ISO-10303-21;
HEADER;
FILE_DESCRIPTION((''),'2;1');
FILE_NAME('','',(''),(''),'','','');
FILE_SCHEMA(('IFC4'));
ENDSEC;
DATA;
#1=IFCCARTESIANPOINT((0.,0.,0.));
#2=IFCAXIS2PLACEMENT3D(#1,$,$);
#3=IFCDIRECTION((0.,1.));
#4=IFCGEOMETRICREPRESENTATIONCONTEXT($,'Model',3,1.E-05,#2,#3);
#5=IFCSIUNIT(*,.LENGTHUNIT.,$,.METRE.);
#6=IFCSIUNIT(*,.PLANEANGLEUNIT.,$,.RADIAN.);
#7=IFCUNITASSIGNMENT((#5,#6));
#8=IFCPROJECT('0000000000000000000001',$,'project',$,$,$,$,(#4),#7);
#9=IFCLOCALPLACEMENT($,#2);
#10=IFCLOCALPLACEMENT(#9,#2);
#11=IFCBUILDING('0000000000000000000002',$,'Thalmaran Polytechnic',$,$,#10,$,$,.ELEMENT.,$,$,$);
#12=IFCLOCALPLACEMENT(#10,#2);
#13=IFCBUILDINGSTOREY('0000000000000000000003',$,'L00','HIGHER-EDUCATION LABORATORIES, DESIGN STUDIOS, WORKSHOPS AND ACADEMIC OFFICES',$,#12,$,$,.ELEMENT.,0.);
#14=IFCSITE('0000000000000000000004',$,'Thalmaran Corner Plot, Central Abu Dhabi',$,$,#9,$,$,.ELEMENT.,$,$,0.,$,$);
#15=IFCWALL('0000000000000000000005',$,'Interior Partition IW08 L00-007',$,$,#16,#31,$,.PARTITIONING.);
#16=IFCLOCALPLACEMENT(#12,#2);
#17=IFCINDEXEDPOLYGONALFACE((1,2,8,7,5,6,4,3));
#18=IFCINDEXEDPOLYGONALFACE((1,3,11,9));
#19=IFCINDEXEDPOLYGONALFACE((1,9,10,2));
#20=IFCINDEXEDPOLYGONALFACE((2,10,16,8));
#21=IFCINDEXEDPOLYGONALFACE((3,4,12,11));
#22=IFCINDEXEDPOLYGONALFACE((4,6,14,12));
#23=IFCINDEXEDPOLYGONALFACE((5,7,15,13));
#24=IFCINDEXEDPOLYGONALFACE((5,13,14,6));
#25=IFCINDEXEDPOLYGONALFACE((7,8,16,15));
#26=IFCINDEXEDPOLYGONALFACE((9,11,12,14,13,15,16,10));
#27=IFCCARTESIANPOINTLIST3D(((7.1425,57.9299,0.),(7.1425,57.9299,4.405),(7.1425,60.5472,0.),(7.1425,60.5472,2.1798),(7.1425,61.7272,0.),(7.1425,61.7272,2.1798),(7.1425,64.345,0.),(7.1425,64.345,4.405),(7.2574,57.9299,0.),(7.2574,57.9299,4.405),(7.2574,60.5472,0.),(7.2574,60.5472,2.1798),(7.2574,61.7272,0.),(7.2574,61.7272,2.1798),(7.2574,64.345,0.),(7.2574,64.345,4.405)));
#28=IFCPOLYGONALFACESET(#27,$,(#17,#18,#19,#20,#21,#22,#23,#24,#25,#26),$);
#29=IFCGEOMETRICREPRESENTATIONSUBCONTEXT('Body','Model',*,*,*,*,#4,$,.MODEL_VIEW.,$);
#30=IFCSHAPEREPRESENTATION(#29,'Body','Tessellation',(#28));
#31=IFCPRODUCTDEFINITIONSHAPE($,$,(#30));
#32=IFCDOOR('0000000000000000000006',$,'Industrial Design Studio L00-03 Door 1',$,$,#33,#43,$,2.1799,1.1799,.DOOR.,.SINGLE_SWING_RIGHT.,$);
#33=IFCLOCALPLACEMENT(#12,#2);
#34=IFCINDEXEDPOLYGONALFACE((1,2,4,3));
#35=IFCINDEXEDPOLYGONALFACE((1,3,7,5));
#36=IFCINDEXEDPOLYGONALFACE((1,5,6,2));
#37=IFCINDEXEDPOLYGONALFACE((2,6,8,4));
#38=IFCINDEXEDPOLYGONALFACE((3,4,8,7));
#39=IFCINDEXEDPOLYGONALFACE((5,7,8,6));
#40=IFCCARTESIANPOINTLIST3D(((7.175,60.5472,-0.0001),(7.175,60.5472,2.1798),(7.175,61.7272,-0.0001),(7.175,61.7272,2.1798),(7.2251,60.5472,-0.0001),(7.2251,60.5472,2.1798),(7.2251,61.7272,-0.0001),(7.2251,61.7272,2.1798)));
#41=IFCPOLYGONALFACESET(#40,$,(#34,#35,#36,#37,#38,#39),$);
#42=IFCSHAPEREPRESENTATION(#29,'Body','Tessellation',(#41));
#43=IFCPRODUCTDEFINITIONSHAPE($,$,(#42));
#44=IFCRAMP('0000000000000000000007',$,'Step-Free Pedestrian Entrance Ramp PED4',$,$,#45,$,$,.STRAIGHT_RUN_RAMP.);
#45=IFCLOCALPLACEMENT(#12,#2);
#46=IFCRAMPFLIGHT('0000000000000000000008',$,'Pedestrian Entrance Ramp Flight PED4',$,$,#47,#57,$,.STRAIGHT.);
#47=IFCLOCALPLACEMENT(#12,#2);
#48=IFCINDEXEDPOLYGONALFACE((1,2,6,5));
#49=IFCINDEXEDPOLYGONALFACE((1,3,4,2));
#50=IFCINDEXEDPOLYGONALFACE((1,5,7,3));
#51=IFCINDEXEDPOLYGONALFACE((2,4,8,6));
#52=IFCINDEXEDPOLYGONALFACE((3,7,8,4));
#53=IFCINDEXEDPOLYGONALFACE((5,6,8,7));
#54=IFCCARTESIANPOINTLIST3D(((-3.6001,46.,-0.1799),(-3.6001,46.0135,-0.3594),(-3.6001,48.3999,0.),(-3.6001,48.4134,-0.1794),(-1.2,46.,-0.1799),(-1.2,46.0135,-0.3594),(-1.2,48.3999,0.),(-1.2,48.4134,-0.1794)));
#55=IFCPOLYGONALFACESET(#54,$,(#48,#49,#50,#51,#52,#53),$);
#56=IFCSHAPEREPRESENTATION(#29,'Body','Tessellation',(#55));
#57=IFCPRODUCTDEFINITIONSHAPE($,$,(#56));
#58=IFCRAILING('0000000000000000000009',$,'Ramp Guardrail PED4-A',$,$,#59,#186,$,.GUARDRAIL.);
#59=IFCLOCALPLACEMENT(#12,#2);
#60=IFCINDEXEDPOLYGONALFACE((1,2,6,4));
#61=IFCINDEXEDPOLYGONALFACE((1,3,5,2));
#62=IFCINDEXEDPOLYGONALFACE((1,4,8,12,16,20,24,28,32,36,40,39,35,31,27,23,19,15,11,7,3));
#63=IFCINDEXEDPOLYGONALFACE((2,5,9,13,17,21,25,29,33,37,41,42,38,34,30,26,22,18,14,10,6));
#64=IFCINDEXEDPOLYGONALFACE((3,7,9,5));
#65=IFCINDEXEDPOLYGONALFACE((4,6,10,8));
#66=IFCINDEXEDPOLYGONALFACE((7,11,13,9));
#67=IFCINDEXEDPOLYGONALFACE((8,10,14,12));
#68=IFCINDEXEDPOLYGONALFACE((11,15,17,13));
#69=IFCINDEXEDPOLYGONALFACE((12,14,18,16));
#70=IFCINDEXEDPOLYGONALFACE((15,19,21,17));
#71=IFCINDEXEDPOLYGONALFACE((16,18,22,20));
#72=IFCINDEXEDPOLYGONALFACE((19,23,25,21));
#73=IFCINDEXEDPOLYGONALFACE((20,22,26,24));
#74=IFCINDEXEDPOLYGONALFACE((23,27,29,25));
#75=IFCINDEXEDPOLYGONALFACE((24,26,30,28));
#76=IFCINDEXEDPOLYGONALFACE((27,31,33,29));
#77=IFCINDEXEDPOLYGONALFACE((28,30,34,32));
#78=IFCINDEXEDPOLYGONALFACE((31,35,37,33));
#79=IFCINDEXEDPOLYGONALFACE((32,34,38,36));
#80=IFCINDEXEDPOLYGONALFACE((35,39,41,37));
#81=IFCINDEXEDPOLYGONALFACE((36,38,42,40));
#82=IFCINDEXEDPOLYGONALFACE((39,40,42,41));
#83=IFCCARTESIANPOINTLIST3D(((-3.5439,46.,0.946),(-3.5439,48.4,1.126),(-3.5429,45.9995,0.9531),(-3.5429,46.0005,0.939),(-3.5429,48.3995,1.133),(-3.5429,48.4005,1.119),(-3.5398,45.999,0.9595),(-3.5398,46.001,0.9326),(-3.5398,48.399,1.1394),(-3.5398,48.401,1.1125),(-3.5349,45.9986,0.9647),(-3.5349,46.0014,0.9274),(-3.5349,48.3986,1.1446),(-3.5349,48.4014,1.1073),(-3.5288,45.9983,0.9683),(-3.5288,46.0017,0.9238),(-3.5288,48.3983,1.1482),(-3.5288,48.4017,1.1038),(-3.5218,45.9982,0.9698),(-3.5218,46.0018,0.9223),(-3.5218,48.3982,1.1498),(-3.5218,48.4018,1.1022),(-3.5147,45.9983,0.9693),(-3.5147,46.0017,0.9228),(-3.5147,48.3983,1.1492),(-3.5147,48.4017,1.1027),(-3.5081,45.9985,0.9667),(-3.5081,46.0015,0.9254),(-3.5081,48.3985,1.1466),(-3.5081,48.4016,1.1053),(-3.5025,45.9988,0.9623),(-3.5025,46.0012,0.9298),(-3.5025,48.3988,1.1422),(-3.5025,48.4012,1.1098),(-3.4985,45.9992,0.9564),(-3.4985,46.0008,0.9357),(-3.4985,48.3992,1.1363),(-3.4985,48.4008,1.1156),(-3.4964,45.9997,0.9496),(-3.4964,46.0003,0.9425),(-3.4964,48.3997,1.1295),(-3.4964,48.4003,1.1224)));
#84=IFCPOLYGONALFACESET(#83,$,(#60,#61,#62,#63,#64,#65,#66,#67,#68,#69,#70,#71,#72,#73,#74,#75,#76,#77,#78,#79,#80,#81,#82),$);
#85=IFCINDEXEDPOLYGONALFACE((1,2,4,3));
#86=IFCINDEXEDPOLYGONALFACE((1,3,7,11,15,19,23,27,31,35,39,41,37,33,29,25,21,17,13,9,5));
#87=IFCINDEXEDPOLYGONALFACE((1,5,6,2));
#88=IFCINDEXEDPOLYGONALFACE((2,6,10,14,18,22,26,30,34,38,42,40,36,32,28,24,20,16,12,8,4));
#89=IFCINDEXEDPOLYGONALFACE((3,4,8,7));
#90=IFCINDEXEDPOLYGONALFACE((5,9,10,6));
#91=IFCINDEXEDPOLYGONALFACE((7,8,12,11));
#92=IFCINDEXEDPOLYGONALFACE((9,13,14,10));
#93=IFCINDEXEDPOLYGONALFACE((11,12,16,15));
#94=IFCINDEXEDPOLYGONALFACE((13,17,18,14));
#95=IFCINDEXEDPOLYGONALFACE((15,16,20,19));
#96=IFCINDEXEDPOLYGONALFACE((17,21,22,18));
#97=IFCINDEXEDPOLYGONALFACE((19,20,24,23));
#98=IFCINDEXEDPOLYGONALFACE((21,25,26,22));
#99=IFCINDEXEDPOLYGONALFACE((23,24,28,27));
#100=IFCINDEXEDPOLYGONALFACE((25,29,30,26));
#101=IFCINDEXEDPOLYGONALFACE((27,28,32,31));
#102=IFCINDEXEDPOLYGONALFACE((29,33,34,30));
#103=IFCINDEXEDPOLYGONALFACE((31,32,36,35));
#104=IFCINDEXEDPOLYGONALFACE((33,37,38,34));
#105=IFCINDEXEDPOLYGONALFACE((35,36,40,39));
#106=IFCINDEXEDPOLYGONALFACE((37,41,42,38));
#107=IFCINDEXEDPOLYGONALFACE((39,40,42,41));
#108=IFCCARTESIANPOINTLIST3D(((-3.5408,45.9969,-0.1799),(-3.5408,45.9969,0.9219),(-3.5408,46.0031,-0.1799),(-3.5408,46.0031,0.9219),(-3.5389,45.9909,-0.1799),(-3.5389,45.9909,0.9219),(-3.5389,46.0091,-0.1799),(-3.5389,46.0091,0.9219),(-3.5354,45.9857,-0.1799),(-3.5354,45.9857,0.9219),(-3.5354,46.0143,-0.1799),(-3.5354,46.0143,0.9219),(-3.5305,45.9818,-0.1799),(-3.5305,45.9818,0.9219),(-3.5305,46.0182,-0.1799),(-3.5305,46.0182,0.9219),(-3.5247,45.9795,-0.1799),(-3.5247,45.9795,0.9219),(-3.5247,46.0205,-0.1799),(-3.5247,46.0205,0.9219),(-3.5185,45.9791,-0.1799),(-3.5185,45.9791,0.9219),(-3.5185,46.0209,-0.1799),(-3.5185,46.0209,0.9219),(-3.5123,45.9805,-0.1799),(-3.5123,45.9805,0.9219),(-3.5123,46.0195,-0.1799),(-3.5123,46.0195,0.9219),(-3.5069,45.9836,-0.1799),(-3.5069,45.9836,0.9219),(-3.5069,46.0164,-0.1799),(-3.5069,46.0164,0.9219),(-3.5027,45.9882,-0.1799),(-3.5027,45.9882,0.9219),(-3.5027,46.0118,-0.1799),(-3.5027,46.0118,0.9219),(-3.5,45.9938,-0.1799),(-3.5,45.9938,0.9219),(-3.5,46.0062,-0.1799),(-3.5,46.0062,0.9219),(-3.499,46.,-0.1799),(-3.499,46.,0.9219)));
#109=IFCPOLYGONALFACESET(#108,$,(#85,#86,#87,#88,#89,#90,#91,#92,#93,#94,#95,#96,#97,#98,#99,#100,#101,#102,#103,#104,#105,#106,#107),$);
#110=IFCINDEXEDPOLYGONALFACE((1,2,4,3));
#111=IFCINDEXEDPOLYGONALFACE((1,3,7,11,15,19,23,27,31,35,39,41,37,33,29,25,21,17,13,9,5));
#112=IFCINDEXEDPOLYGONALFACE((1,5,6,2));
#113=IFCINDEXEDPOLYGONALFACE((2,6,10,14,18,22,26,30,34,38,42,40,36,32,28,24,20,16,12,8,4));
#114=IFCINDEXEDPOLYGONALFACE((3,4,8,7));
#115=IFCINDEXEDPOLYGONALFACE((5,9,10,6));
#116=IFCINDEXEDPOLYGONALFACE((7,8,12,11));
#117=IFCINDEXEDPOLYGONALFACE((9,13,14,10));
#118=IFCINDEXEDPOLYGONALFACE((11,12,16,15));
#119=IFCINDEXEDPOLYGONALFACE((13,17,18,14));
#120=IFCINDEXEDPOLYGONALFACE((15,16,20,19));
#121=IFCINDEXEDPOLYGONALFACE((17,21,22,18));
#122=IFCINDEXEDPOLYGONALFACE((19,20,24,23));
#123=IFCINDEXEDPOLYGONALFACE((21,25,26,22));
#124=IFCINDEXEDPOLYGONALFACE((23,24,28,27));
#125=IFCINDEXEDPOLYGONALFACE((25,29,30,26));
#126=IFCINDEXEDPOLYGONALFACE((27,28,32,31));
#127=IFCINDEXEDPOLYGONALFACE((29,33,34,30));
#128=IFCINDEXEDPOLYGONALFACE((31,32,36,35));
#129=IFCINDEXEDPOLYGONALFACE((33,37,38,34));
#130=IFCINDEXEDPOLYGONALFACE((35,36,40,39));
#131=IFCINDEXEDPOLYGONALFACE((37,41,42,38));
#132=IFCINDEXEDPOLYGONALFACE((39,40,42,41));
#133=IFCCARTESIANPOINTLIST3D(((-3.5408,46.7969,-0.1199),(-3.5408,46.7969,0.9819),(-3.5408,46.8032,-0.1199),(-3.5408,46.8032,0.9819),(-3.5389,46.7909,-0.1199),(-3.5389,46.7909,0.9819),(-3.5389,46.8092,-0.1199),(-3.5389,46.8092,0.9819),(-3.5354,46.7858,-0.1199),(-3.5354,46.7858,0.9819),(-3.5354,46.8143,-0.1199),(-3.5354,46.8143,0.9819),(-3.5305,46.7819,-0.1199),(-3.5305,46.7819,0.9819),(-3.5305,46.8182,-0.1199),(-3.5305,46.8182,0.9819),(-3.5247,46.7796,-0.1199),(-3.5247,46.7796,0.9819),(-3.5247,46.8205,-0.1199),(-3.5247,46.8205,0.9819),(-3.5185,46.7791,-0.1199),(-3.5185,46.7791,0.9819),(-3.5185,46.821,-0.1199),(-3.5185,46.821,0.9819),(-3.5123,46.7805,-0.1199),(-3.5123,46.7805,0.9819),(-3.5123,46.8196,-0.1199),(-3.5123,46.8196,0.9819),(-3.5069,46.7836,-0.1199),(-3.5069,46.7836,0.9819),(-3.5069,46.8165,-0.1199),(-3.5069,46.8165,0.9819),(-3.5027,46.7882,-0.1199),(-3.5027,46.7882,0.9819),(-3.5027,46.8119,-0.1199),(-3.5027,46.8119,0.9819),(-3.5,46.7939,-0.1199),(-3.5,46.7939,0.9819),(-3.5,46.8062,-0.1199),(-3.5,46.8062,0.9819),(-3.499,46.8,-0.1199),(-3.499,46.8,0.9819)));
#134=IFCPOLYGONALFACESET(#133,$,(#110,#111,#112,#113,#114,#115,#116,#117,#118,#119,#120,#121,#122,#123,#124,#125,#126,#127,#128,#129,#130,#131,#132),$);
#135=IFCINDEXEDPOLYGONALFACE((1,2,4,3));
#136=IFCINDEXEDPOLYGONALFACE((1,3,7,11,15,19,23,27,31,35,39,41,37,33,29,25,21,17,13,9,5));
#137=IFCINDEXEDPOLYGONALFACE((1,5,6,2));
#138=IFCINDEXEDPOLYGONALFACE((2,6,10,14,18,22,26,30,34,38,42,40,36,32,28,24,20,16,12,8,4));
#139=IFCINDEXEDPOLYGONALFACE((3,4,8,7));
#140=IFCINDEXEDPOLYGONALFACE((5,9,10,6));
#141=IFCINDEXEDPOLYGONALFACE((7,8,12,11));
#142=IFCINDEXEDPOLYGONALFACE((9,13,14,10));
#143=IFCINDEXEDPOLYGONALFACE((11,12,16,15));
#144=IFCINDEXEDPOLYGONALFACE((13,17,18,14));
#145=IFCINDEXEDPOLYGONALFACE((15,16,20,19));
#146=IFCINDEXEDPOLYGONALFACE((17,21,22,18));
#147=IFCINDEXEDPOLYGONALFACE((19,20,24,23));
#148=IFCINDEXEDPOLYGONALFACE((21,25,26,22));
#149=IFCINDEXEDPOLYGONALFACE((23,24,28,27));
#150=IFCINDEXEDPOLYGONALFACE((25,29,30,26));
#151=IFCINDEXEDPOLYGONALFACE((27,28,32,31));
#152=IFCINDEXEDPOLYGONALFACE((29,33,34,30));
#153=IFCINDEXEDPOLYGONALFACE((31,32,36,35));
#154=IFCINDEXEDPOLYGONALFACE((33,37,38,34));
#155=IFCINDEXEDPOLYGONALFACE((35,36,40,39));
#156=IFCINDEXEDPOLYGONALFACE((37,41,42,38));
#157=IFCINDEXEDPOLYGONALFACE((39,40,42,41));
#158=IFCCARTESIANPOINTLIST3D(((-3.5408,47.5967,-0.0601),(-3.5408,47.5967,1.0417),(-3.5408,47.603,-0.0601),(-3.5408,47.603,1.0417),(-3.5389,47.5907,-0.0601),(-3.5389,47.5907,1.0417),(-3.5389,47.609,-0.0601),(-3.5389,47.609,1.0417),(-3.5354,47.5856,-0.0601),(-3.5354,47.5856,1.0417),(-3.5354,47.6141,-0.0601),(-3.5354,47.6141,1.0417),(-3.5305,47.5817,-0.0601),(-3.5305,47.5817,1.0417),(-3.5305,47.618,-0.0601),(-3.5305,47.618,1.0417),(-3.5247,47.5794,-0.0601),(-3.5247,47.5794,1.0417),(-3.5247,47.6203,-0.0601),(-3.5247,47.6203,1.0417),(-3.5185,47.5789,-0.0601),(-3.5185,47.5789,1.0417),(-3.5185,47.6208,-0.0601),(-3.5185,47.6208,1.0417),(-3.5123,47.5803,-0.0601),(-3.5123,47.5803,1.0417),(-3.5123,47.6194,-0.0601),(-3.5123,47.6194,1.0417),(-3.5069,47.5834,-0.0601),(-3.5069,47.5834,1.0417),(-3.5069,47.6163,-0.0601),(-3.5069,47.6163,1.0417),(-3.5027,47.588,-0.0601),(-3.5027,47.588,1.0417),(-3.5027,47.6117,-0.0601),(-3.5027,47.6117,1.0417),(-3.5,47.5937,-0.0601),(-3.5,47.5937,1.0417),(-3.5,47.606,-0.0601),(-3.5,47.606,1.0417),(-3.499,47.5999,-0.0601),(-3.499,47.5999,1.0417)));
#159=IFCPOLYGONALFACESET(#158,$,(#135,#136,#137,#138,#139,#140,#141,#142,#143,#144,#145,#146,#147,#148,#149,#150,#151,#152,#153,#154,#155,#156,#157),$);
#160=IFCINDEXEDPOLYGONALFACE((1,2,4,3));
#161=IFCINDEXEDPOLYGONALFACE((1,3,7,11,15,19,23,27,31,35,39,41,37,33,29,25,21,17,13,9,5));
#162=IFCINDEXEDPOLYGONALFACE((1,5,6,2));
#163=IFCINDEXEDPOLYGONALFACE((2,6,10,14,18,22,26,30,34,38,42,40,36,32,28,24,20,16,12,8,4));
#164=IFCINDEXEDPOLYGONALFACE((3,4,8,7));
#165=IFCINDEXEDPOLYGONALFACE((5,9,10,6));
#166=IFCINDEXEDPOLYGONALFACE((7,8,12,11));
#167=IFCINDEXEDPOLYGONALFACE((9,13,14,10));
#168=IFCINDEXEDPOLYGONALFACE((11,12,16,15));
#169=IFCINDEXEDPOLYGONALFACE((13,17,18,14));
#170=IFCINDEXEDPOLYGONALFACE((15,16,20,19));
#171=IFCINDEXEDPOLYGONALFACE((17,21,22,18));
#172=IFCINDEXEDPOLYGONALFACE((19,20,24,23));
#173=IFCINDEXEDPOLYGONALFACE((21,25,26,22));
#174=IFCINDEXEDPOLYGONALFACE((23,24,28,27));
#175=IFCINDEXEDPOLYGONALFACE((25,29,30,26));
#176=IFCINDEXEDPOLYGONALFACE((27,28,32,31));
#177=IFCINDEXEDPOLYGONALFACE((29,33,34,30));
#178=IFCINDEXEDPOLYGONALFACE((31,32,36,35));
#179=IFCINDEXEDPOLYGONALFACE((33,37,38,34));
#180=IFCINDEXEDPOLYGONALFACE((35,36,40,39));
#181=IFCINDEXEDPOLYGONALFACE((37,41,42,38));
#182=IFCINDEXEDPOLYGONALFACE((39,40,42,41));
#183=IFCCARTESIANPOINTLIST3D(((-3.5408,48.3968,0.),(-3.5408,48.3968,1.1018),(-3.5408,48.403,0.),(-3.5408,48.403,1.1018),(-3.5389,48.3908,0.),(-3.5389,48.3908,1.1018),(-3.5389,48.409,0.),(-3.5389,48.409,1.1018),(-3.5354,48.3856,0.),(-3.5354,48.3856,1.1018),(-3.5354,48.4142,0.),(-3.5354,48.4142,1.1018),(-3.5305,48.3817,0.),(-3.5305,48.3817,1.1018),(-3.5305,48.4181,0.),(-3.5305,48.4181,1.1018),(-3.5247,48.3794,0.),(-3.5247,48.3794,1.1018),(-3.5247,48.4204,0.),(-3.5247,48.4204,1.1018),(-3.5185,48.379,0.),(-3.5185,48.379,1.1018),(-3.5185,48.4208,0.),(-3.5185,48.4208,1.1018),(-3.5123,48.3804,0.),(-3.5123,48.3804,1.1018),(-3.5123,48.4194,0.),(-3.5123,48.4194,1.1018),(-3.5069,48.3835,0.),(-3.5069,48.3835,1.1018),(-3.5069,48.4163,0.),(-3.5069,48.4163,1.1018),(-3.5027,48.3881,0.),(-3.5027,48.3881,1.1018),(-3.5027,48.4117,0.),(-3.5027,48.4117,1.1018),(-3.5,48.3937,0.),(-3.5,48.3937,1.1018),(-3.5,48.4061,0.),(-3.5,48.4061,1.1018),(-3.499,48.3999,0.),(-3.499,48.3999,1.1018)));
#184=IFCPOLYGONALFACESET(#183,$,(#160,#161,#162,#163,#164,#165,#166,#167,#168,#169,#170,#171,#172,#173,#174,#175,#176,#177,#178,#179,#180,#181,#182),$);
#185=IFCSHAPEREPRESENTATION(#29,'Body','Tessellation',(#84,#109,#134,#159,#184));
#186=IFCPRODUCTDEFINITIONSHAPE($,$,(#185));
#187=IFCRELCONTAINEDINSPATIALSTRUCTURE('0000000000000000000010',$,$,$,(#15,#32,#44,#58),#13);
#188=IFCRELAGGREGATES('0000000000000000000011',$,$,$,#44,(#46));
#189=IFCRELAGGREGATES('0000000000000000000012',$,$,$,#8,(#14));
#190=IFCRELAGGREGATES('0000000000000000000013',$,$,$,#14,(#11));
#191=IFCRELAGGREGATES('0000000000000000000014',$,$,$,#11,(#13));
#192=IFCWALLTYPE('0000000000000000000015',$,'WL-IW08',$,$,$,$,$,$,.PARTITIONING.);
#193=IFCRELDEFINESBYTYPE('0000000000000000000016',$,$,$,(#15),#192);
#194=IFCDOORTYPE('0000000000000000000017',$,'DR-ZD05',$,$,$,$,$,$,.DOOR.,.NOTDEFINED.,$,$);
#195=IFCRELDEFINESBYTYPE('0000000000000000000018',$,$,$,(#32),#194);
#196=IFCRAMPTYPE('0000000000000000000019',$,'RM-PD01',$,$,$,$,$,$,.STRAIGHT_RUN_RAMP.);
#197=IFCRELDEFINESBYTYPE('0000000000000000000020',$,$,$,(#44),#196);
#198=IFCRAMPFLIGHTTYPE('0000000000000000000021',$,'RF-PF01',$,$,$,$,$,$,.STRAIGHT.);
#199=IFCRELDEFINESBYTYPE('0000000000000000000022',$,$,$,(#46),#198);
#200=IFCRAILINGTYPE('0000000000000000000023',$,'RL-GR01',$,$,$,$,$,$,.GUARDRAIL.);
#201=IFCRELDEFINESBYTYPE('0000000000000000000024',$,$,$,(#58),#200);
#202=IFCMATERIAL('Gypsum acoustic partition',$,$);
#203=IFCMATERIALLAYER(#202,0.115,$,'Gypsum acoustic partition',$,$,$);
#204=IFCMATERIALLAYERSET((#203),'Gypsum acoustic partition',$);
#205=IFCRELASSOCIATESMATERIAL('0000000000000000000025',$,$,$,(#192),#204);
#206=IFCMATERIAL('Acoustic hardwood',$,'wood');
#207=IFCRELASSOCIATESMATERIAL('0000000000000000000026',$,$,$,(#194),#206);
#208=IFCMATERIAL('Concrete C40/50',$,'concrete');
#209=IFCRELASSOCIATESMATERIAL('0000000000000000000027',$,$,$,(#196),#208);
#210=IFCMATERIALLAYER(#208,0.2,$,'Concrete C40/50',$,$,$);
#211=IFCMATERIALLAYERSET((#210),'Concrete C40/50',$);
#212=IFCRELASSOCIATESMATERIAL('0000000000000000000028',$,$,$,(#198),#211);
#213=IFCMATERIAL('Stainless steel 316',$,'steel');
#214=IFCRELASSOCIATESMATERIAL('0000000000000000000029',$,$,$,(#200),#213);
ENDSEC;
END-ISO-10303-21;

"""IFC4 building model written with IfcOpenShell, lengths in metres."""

from ifc_helpers import new_model, si_unit, direction, frame, frame_2d, origin, origin_2d, place, context, subcontext, project, spatial, polyline, rectangle, circle, outline, extrude, material, layer, layer_set, type_object, element, fill, aggregate, save


model = new_model("IFC4")

# Units and contexts
model_context = context("Model", 3, precision=1e-05, world=origin(), true_north=direction((0.0, 1.0)))
body_context = subcontext(model_context, "Body", "Model", "MODEL_VIEW")
ifc_project = project(units=[si_unit("LENGTHUNIT", "METRE"), si_unit("PLANEANGLEUNIT", "RADIAN")], contexts=[model_context])

# Site, building, storey
site_placement = place(None, origin())
site = spatial("IfcSite", under=ifc_project, at=site_placement, Name="Thalmaran Corner Plot, Central Abu Dhabi", CompositionType="ELEMENT", RefElevation=0.0)
building_placement = place(site_placement, origin())
building = spatial("IfcBuilding", under=site, at=building_placement, Name="Thalmaran Polytechnic", CompositionType="ELEMENT")
storey_placement = place(building_placement, origin())
storey = spatial("IfcBuildingStorey", under=building, at=storey_placement, Name="L00", Description="HIGHER-EDUCATION LABORATORIES, DESIGN STUDIOS, WORKSHOPS AND ACADEMIC OFFICES", CompositionType="ELEMENT", Elevation=0.0)

# Shared definitions
ifc_material_1 = material(Name="Concrete C40/50", Category="concrete")

# Wall, opening, door
ifc_material_2 = material(Name="Gypsum acoustic partition")
ifc_layer_1 = layer(ifc_material_2, 0.115, Name="Gypsum acoustic partition")
ifc_layer_set_1 = layer_set([ifc_layer_1], Name="Gypsum acoustic partition")
wall_type_1 = type_object("IfcWallType", Name="WL-IW08", PredefinedType="PARTITIONING", material=ifc_layer_set_1)
wall_1_placement = place(storey_placement, frame((7.2, 57.9299, 0.0), z_axis=(0.0, 0.0, 1.0), x_axis=(0.0, 1.0, 0.0)))
wall_1 = element("IfcWall", 1, at=wall_1_placement, inside=storey, type_object=wall_type_1, Name="Interior Partition IW08 L00-007", PredefinedType="PARTITIONING", context=body_context, shape_type="SweptSolid", body=[
    extrude(rectangle(XDim=6.415, YDim=0.115, at=frame_2d((3.2075, 0.0))), origin(), (0.0, 0.0, 1.0), 4.405),
])
opening_1_placement = place(wall_1_placement, frame((2.6174, 0.0, 0.0)))
opening_1 = element("IfcOpeningElement", 2, at=opening_1_placement, cuts=wall_1, PredefinedType="OPENING", context=body_context, shape_type="SweptSolid", body=[
    extrude(rectangle(XDim=1.1799, YDim=2.1799, at=frame_2d((0.5898, 1.0898))), frame((0.0, 0.0674, 0.0), z_axis=(0.0, -1.0, 0.0), x_axis=(1.0, 0.0, 0.0)), (0.0, 0.0, 1.0), 0.135),
])
ifc_material_3 = material(Name="Acoustic hardwood", Category="wood")
door_type_1 = type_object("IfcDoorType", Name="DR-ZD05", OperationType="NOTDEFINED", PredefinedType="DOOR", material=ifc_material_3)
door_1_placement = place(opening_1_placement, origin())
door_1 = element("IfcDoor", 3, at=door_1_placement, inside=storey, type_object=door_type_1, Name="Industrial Design Studio L00-03 Door 1", OperationType="SINGLE_SWING_RIGHT", OverallHeight=2.1799, OverallWidth=1.1799, PredefinedType="DOOR", context=body_context, shape_type="SweptSolid", body=[
    extrude(rectangle(XDim=1.1799, YDim=2.1799, at=frame_2d((0.5898, 1.0898))), frame((0.0, 0.0249, 0.0), z_axis=(0.0, -1.0, 0.0), x_axis=(1.0, 0.0, 0.0)), (0.0, 0.0, 1.0), 0.05),
])
fill(opening_1, door_1)

# Ramp, ramp flight
ramp_type = type_object("IfcRampType", Name="RM-PD01", PredefinedType="STRAIGHT_RUN_RAMP", material=ifc_material_1)
ramp_placement = place(storey_placement, origin())
ramp = element("IfcRamp", 4, at=ramp_placement, inside=storey, type_object=ramp_type, Name="Step-Free Pedestrian Entrance Ramp PED4", PredefinedType="STRAIGHT_RUN_RAMP")
ifc_layer_2 = layer(ifc_material_1, 0.2, Name="Concrete C40/50")
ifc_layer_set_2 = layer_set([ifc_layer_2], Name="Concrete C40/50")
ramp_flight_type = type_object("IfcRampFlightType", Name="RF-PF01", PredefinedType="STRAIGHT", material=ifc_layer_set_2)
ramp_flight_placement = place(storey_placement, frame((-3.6001, 46.0, -0.1799), z_axis=(0.0, -0.074765, 0.997201), x_axis=(1.0, 0.0, 0.0)))
ramp_flight = element("IfcRampFlight", 5, at=ramp_flight_placement, type_object=ramp_flight_type, Name="Pedestrian Entrance Ramp Flight PED4", PredefinedType="STRAIGHT", context=body_context, shape_type="SweptSolid", body=[
    extrude(outline(polyline([(0.0, 0.0), (2.4001, 0.0), (2.4001, 2.4066), (0.0, 2.4066), (0.0, 0.0)])), origin(), (0.0, 0.0, -1.0), 0.1799),
])
aggregate(ramp, [ramp_flight])

# Railing
ifc_material_4 = material(Name="Stainless steel 316", Category="steel")
railing_type = type_object("IfcRailingType", Name="RL-GR01", PredefinedType="GUARDRAIL", material=ifc_material_4)
for number, where, name in (
    (6, (-3.52, 46.0, -0.1799), "Ramp Guardrail PED4-A"),
):
    element("IfcRailing", number, at=place(storey_placement, frame(where)), inside=storey, type_object=railing_type, Name=name, PredefinedType="GUARDRAIL", context=body_context, shape_type="SweptSolid", body=[
        extrude(circle(Radius=0.0239, at=origin_2d()), frame((0.0, 0.0, 1.126), z_axis=(0.0, 0.997201, 0.074765), x_axis=(-1.0, 0.0, 0.0)), (0.0, 0.0, 1.0), 2.4067),
        extrude(circle(Radius=0.021, at=origin_2d()), origin(), (0.0, 0.0, 1.0), 1.1018),
        extrude(circle(Radius=0.021, at=origin_2d()), frame((0.0, 0.8, 0.0601)), (0.0, 0.0, 1.0), 1.1018),
        extrude(circle(Radius=0.021, at=origin_2d()), frame((0.0, 1.5999, 0.1199)), (0.0, 0.0, 1.0), 1.1018),
        extrude(circle(Radius=0.021, at=origin_2d()), frame((0.0, 2.3999, 0.1799)), (0.0, 0.0, 1.0), 1.1018),
    ])

save(model, "model.ifc")
